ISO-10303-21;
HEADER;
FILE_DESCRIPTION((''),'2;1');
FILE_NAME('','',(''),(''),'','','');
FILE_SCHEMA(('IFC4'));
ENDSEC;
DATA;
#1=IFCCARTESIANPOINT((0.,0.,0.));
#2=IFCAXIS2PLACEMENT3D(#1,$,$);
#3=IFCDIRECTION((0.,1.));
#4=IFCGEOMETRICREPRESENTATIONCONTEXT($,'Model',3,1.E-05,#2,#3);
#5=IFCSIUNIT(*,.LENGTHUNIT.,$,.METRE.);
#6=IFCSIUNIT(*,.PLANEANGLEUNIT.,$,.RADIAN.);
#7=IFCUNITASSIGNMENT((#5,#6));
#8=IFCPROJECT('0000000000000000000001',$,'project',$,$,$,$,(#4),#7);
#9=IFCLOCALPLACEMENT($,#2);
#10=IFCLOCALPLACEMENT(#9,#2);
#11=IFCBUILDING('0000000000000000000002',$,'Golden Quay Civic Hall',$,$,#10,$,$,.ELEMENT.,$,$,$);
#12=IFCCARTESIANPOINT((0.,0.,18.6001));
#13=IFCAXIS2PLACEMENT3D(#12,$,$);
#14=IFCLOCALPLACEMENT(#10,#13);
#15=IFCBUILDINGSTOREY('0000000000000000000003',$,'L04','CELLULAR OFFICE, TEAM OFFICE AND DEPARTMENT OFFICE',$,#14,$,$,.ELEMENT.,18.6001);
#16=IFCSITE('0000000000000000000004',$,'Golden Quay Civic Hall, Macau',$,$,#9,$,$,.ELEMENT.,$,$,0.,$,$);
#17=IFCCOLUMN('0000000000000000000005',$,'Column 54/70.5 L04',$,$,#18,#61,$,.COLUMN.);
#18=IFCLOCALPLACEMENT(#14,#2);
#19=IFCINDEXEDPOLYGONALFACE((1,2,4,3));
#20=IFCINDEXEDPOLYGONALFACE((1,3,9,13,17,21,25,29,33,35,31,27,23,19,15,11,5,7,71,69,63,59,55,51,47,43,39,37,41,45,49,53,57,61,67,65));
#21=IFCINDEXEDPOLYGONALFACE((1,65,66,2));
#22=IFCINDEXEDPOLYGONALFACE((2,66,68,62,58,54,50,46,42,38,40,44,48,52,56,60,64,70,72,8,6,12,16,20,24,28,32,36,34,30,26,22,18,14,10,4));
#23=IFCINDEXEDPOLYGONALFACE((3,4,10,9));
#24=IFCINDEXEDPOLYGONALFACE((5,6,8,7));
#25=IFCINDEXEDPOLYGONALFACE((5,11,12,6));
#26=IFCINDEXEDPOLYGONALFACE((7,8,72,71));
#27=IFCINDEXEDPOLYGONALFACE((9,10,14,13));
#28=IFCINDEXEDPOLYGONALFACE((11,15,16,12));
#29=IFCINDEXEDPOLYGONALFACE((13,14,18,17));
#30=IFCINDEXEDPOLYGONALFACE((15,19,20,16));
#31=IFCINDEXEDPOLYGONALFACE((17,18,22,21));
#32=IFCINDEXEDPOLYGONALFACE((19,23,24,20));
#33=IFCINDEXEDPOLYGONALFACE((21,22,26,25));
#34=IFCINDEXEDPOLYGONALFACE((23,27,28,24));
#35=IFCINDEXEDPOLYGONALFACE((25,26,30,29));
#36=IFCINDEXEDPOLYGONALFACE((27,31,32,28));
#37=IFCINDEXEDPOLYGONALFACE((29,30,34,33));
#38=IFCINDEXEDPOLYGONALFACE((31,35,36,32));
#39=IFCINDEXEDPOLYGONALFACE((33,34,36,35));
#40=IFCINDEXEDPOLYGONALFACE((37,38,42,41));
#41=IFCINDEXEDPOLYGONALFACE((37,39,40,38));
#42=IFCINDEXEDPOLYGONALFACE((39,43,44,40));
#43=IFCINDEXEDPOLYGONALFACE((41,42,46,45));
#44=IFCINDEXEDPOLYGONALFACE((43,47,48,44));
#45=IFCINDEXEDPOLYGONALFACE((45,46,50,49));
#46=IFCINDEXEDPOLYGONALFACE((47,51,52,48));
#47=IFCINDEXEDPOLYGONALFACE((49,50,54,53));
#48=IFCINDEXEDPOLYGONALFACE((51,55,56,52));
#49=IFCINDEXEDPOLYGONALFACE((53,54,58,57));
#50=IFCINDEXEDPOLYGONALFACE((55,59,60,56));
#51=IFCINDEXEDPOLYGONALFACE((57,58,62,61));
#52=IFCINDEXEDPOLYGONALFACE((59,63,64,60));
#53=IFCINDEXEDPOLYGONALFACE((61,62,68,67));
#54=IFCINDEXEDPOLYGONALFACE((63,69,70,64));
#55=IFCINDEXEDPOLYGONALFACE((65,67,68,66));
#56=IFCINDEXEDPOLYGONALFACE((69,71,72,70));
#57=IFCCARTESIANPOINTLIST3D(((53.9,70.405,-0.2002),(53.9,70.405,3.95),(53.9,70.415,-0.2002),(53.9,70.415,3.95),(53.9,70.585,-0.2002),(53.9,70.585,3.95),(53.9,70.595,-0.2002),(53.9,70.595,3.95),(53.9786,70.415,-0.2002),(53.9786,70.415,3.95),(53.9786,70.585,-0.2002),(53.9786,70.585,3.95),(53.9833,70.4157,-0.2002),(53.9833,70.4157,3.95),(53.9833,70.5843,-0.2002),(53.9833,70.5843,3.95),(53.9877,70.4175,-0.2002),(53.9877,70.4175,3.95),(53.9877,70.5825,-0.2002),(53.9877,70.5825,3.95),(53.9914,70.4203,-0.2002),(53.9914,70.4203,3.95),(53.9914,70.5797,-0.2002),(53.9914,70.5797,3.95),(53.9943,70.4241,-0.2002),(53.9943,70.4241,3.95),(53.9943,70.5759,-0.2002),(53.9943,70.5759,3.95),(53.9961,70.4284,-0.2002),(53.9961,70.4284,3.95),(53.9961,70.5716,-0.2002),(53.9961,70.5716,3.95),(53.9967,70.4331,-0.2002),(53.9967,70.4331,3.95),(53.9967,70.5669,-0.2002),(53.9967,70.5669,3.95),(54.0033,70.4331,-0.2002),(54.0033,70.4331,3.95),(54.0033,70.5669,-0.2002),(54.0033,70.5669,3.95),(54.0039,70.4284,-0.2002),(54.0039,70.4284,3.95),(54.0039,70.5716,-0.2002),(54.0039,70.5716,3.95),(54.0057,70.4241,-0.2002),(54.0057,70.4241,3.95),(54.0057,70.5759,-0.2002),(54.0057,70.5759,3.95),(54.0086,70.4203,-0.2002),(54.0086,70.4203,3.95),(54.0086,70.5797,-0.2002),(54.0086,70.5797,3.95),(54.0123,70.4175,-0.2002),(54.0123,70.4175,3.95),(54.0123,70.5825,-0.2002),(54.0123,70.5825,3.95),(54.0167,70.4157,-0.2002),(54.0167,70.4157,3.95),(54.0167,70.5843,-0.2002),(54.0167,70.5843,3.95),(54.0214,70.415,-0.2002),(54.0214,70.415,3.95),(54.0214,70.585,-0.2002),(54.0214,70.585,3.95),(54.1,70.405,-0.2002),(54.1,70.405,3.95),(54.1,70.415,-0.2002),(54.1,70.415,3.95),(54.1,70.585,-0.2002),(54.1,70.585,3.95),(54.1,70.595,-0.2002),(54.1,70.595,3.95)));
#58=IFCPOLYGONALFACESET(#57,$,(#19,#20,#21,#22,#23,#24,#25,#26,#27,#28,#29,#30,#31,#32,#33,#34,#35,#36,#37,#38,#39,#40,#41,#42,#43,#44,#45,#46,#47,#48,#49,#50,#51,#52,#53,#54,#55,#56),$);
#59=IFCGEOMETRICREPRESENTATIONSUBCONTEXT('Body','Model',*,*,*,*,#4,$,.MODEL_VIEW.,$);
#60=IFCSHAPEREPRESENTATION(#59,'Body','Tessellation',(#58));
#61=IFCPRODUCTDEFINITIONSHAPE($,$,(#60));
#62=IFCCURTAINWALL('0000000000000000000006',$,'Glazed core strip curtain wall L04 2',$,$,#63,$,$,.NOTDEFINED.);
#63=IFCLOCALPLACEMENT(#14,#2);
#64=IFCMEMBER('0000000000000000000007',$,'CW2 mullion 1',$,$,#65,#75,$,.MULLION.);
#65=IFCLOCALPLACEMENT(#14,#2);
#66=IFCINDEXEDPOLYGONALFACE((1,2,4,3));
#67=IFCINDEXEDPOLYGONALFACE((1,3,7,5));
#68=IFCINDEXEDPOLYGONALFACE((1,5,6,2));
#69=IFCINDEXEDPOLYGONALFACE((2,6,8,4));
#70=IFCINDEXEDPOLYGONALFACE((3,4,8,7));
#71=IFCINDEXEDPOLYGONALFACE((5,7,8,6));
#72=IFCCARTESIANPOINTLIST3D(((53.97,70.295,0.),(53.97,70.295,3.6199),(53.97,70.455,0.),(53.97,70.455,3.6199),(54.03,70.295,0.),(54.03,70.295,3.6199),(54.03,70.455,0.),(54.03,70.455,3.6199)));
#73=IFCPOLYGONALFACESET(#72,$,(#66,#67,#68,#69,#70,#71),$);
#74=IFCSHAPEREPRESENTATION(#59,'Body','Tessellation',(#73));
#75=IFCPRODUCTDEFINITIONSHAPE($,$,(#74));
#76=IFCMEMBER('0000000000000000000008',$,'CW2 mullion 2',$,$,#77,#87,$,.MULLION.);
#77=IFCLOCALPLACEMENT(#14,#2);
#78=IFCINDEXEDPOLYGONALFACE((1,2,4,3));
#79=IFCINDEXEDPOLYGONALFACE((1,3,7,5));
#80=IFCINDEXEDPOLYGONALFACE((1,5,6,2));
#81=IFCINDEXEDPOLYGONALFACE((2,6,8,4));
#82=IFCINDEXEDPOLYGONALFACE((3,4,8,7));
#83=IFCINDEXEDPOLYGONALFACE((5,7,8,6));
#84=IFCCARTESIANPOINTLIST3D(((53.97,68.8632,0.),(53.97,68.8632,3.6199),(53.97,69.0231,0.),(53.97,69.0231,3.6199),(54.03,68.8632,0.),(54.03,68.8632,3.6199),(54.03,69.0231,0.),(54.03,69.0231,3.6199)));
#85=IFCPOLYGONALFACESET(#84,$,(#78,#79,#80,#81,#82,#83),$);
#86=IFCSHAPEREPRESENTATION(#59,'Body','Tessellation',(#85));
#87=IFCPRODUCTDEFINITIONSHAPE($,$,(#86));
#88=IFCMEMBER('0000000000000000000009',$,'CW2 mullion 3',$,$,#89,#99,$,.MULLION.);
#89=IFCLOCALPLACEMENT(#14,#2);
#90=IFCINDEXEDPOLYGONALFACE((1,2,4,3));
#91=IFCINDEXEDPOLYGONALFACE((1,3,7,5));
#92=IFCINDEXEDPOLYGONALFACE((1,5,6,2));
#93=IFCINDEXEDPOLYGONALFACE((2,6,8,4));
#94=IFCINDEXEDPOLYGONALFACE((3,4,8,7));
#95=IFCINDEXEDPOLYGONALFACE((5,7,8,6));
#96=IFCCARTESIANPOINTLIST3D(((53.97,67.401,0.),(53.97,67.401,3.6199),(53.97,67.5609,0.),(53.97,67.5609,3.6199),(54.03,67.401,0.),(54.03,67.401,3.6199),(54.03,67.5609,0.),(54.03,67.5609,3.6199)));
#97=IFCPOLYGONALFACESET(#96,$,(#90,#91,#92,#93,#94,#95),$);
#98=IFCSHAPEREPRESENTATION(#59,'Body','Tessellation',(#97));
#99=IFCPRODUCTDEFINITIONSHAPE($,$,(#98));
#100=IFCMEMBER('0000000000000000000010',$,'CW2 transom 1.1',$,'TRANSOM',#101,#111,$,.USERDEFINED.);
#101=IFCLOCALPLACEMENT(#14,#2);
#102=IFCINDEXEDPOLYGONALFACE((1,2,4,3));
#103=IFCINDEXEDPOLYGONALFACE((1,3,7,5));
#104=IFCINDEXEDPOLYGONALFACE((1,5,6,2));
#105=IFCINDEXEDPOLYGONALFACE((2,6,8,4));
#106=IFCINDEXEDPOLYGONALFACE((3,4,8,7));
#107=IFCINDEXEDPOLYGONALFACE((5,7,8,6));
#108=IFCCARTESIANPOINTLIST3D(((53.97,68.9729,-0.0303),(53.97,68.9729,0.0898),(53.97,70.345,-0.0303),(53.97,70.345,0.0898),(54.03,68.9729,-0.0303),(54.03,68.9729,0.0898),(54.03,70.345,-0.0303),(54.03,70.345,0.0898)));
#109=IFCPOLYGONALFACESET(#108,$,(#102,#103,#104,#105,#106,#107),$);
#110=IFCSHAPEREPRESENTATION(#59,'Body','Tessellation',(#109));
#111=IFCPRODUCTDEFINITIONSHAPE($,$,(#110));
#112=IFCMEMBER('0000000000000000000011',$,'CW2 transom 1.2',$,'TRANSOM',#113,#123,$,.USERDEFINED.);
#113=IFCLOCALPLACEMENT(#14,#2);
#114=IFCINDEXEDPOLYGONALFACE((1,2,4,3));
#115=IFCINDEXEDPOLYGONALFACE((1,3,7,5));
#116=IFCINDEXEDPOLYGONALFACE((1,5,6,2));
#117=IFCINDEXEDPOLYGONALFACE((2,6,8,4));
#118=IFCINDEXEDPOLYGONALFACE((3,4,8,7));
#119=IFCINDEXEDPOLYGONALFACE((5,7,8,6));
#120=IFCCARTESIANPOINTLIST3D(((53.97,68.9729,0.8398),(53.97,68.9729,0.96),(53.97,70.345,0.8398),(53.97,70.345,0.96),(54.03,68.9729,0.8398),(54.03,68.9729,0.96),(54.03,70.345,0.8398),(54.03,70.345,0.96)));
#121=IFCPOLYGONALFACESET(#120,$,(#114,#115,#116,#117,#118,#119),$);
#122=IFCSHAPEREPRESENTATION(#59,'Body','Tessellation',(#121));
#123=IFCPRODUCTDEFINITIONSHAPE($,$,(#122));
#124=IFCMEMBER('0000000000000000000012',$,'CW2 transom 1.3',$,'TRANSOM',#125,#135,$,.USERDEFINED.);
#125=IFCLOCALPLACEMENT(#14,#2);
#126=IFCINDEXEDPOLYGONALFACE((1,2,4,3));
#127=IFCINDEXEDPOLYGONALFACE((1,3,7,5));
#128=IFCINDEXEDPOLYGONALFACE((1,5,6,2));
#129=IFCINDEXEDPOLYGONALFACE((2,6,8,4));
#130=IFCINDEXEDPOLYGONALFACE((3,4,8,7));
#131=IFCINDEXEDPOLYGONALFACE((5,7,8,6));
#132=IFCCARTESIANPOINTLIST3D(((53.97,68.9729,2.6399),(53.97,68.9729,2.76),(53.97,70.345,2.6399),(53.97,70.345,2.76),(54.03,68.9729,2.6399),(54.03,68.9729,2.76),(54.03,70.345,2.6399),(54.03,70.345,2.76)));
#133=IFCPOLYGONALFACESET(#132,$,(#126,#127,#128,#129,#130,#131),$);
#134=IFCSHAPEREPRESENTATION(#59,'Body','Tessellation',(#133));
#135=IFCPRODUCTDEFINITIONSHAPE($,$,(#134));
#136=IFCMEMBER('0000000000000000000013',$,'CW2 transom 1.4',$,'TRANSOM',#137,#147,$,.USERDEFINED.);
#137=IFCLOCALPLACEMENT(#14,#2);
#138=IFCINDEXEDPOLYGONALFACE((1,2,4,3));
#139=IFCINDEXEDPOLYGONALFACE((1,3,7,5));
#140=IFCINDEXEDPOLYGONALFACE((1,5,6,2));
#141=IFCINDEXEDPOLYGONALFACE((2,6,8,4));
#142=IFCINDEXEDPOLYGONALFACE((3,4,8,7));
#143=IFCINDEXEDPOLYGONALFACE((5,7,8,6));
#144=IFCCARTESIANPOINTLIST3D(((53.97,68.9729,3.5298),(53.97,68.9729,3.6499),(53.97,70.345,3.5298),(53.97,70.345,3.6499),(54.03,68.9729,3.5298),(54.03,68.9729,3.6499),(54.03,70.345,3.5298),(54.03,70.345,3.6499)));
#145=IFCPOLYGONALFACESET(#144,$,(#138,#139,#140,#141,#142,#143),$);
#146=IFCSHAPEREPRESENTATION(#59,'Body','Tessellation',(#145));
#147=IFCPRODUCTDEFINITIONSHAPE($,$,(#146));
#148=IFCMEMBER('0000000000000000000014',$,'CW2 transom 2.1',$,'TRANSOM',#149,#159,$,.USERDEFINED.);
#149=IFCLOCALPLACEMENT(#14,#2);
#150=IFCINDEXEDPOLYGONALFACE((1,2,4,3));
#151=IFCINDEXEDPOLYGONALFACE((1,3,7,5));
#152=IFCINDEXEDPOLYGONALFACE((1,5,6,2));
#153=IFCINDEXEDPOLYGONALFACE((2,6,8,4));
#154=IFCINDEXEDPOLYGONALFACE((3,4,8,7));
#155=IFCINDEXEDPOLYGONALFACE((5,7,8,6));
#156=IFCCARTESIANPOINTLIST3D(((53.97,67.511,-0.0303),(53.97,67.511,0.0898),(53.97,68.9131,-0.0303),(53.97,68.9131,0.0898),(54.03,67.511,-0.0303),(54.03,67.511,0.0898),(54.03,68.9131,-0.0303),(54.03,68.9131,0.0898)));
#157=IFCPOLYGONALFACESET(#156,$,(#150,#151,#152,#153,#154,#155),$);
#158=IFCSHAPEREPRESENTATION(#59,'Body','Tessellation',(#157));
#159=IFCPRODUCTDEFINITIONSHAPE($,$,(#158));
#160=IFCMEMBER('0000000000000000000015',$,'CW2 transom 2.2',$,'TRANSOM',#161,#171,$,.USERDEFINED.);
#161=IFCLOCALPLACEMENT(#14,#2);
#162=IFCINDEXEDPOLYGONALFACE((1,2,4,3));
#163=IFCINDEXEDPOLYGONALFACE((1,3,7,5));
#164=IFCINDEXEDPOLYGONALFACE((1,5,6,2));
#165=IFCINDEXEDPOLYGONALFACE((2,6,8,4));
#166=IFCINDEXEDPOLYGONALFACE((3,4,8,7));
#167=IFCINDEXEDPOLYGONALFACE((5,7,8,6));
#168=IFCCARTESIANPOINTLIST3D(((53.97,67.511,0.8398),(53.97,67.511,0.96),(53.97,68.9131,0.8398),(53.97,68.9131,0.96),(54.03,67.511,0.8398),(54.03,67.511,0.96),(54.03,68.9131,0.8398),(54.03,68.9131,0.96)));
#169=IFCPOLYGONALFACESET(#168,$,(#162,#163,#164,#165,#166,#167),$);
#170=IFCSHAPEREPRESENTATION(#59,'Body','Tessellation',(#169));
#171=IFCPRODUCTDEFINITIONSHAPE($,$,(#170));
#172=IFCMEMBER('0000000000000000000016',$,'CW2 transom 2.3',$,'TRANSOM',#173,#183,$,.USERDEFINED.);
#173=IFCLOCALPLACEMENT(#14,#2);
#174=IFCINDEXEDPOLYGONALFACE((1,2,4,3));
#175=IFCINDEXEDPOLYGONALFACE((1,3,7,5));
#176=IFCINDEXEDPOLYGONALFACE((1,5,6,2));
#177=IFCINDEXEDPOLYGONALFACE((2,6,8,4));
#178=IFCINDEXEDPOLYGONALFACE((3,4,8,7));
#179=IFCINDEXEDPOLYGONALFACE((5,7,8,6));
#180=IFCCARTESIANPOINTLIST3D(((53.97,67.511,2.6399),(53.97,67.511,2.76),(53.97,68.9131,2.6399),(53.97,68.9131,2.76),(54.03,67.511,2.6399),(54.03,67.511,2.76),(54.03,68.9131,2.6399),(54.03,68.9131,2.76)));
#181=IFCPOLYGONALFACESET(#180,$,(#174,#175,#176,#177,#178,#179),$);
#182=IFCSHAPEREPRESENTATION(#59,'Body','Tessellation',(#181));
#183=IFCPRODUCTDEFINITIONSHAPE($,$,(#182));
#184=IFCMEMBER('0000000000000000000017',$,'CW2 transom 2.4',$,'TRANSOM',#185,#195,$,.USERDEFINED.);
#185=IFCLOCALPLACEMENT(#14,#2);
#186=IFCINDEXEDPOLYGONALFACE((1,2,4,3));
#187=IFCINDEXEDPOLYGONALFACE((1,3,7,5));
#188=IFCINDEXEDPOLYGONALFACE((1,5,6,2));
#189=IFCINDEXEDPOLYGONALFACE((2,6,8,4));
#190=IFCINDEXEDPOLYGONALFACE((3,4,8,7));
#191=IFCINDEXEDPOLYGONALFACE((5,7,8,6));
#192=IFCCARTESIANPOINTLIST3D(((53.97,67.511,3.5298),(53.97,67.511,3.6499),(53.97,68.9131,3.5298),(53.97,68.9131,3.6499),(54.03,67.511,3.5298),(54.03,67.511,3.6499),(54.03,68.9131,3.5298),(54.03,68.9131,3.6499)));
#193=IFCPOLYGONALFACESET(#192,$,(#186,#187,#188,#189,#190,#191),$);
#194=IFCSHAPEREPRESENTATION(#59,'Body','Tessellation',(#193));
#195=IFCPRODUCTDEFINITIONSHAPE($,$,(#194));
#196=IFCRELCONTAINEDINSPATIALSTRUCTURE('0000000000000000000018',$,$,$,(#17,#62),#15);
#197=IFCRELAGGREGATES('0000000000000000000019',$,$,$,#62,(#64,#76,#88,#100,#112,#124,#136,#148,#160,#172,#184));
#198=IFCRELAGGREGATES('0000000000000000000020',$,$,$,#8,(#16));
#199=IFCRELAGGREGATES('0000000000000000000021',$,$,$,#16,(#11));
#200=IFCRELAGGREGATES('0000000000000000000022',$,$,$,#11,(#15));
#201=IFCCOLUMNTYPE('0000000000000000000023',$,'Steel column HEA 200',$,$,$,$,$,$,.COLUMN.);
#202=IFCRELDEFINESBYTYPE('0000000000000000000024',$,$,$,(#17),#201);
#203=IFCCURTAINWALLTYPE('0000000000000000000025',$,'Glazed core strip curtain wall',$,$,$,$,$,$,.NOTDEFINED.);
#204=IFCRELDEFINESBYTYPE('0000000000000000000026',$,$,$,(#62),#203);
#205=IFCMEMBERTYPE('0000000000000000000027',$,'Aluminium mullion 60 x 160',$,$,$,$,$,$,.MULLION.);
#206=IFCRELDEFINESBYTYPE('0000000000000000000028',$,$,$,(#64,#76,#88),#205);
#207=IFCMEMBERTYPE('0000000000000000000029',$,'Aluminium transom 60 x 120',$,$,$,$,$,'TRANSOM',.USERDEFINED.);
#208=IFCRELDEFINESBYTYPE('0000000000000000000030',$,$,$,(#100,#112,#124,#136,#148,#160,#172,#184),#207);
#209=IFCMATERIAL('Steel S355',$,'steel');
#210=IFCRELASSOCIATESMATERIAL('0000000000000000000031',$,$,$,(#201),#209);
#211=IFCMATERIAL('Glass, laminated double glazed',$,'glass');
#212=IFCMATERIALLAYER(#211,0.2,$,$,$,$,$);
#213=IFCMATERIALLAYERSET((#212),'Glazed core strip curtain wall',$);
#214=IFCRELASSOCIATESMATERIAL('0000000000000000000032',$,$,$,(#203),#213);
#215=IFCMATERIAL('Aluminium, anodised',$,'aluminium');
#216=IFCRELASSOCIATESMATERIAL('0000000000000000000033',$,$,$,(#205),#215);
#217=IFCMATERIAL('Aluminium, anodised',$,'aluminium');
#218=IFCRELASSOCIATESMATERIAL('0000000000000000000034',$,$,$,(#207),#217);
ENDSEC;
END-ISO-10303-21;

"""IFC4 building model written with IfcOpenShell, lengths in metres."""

from ifc_helpers import new_model, si_unit, direction, frame, origin, origin_2d, place, context, subcontext, project, spatial, rectangle, i_section, extrude, material, layer, layer_set, material_profile, profile_set, type_object, element, aggregate, save


model = new_model("IFC4")

# Units and contexts
model_context = context("Model", 3, precision=1e-05, world=origin(), true_north=direction((0.0, 1.0)))
body_context = subcontext(model_context, "Body", "Model", "MODEL_VIEW")
ifc_project = project(units=[si_unit("LENGTHUNIT", "METRE"), si_unit("PLANEANGLEUNIT", "RADIAN")], contexts=[model_context])

# Site, building, storey
site_placement = place(None, origin())
site = spatial("IfcSite", under=ifc_project, at=site_placement, Name="Golden Quay Civic Hall, Macau", CompositionType="ELEMENT", RefElevation=0.0)
building_placement = place(site_placement, origin())
building = spatial("IfcBuilding", under=site, at=building_placement, Name="Golden Quay Civic Hall", CompositionType="ELEMENT")
storey_placement = place(building_placement, frame((0.0, 0.0, 18.6001)))
storey = spatial("IfcBuildingStorey", under=building, at=storey_placement, Name="L04", Description="CELLULAR OFFICE, TEAM OFFICE AND DEPARTMENT OFFICE", CompositionType="ELEMENT", Elevation=18.6001)

# Column
ifc_material_1 = material(Name="Steel S355", Category="steel")
ifc_material_profile_1 = material_profile(ifc_material_1, i_section(OverallWidth=0.2, OverallDepth=0.1899, WebThickness=0.0066, FlangeThickness=0.01, FilletRadius=0.0181, at=origin_2d()), Name="HEA 200")
ifc_profile_set_1 = profile_set([ifc_material_profile_1], Name="Steel S355")
column_type = type_object("IfcColumnType", Name="Steel column HEA 200", PredefinedType="COLUMN", material=ifc_profile_set_1)
column_placement = place(storey_placement, frame((54.0, 70.5, -0.2002), z_axis=(0.0, 0.0, 1.0), x_axis=(1.0, 0.0, 0.0)))
element("IfcColumn", 1, at=column_placement, inside=storey, type_object=column_type, Name="Column 54/70.5 L04", PredefinedType="COLUMN", context=body_context, shape_type="SweptSolid", body=[
    extrude(i_section(OverallWidth=0.2, OverallDepth=0.1899, WebThickness=0.0066, FlangeThickness=0.01, FilletRadius=0.0181, at=origin_2d()), origin(), (0.0, 0.0, 1.0), 4.1501),
])

# Curtain wall, members
ifc_material_2 = material(Name="Glass, laminated double glazed", Category="glass")
ifc_layer_1 = layer(ifc_material_2, 0.2)
ifc_layer_set_1 = layer_set([ifc_layer_1], Name="Glazed core strip curtain wall")
curtain_wall_type_1 = type_object("IfcCurtainWallType", Name="Glazed core strip curtain wall", PredefinedType="NOTDEFINED", material=ifc_layer_set_1)
curtain_wall_1_placement = place(storey_placement, origin())
curtain_wall_1 = element("IfcCurtainWall", 2, at=curtain_wall_1_placement, inside=storey, type_object=curtain_wall_type_1, Name="Glazed core strip curtain wall L04 2", PredefinedType="NOTDEFINED")
ifc_material_3 = material(Name="Aluminium, anodised", Category="aluminium")
ifc_material_profile_2 = material_profile(ifc_material_3, rectangle(XDim=0.0601, YDim=0.1599, at=origin_2d()), Name="Aluminium 60 x 160")
ifc_profile_set_2 = profile_set([ifc_material_profile_2], Name="Aluminium, anodised")
member_type_1 = type_object("IfcMemberType", Name="Aluminium mullion 60 x 160", PredefinedType="MULLION", material=ifc_profile_set_2)
member_1_placement = place(storey_placement, frame((54.0, 70.375, 0.0), z_axis=(0.0, 0.0, 1.0), x_axis=(1.0, 0.0, 0.0)))
member_1 = element("IfcMember", 3, at=member_1_placement, type_object=member_type_1, Name="CW2 mullion 1", PredefinedType="MULLION", context=body_context, shape_type="SweptSolid", body=[
    extrude(rectangle(XDim=0.0601, YDim=0.1599, at=origin_2d()), origin(), (0.0, 0.0, 1.0), 3.6199),
])
member_2_placement = place(storey_placement, frame((54.0, 68.9431, 0.0), z_axis=(0.0, 0.0, 1.0), x_axis=(1.0, 0.0, 0.0)))
member_2 = element("IfcMember", 4, at=member_2_placement, type_object=member_type_1, Name="CW2 mullion 2", PredefinedType="MULLION", context=body_context, shape_type="SweptSolid", body=[
    extrude(rectangle(XDim=0.0601, YDim=0.1599, at=origin_2d()), origin(), (0.0, 0.0, 1.0), 3.6199),
])
member_3_placement = place(storey_placement, frame((54.0, 67.481, 0.0), z_axis=(0.0, 0.0, 1.0), x_axis=(1.0, 0.0, 0.0)))
member_3 = element("IfcMember", 5, at=member_3_placement, type_object=member_type_1, Name="CW2 mullion 3", PredefinedType="MULLION", context=body_context, shape_type="SweptSolid", body=[
    extrude(rectangle(XDim=0.0601, YDim=0.1599, at=origin_2d()), origin(), (0.0, 0.0, 1.0), 3.6199),
])
ifc_material_4 = material(Name="Aluminium, anodised", Category="aluminium")
ifc_material_profile_3 = material_profile(ifc_material_4, rectangle(XDim=0.0601, YDim=0.1201, at=origin_2d()), Name="Aluminium 60 x 120")
ifc_profile_set_3 = profile_set([ifc_material_profile_3], Name="Aluminium, anodised")
member_type_2 = type_object("IfcMemberType", Name="Aluminium transom 60 x 120", ElementType="TRANSOM", PredefinedType="USERDEFINED", material=ifc_profile_set_3)
member_4_placement = place(storey_placement, frame((54.0, 70.345, 0.0298), z_axis=(0.0, -1.0, 0.0), x_axis=(1.0, 0.0, 0.0)))
member_4 = element("IfcMember", 6, at=member_4_placement, type_object=member_type_2, Name="CW2 transom 1.1", ObjectType="TRANSOM", PredefinedType="USERDEFINED", context=body_context, shape_type="SweptSolid", body=[
    extrude(rectangle(XDim=0.0601, YDim=0.1201, at=origin_2d()), origin(), (0.0, 0.0, 1.0), 1.3721),
])
member_5_placement = place(storey_placement, frame((54.0, 70.345, 0.8999), z_axis=(0.0, -1.0, 0.0), x_axis=(1.0, 0.0, 0.0)))
member_5 = element("IfcMember", 7, at=member_5_placement, type_object=member_type_2, Name="CW2 transom 1.2", ObjectType="TRANSOM", PredefinedType="USERDEFINED", context=body_context, shape_type="SweptSolid", body=[
    extrude(rectangle(XDim=0.0601, YDim=0.1201, at=origin_2d()), origin(), (0.0, 0.0, 1.0), 1.3721),
])
member_6_placement = place(storey_placement, frame((54.0, 70.345, 2.7), z_axis=(0.0, -1.0, 0.0), x_axis=(1.0, 0.0, 0.0)))
member_6 = element("IfcMember", 8, at=member_6_placement, type_object=member_type_2, Name="CW2 transom 1.3", ObjectType="TRANSOM", PredefinedType="USERDEFINED", context=body_context, shape_type="SweptSolid", body=[
    extrude(rectangle(XDim=0.0601, YDim=0.1201, at=origin_2d()), origin(), (0.0, 0.0, 1.0), 1.3721),
])
member_7_placement = place(storey_placement, frame((54.0, 70.345, 3.5898), z_axis=(0.0, -1.0, 0.0), x_axis=(1.0, 0.0, 0.0)))
member_7 = element("IfcMember", 9, at=member_7_placement, type_object=member_type_2, Name="CW2 transom 1.4", ObjectType="TRANSOM", PredefinedType="USERDEFINED", context=body_context, shape_type="SweptSolid", body=[
    extrude(rectangle(XDim=0.0601, YDim=0.1201, at=origin_2d()), origin(), (0.0, 0.0, 1.0), 1.3721),
])
member_8_placement = place(storey_placement, frame((54.0, 68.9131, 0.0298), z_axis=(0.0, -1.0, 0.0), x_axis=(1.0, 0.0, 0.0)))
member_8 = element("IfcMember", 10, at=member_8_placement, type_object=member_type_2, Name="CW2 transom 2.1", ObjectType="TRANSOM", PredefinedType="USERDEFINED", context=body_context, shape_type="SweptSolid", body=[
    extrude(rectangle(XDim=0.0601, YDim=0.1201, at=origin_2d()), origin(), (0.0, 0.0, 1.0), 1.4021),
])
member_9_placement = place(storey_placement, frame((54.0, 68.9131, 0.8999), z_axis=(0.0, -1.0, 0.0), x_axis=(1.0, 0.0, 0.0)))
member_9 = element("IfcMember", 11, at=member_9_placement, type_object=member_type_2, Name="CW2 transom 2.2", ObjectType="TRANSOM", PredefinedType="USERDEFINED", context=body_context, shape_type="SweptSolid", body=[
    extrude(rectangle(XDim=0.0601, YDim=0.1201, at=origin_2d()), origin(), (0.0, 0.0, 1.0), 1.4021),
])
member_10_placement = place(storey_placement, frame((54.0, 68.9131, 2.7), z_axis=(0.0, -1.0, 0.0), x_axis=(1.0, 0.0, 0.0)))
member_10 = element("IfcMember", 12, at=member_10_placement, type_object=member_type_2, Name="CW2 transom 2.3", ObjectType="TRANSOM", PredefinedType="USERDEFINED", context=body_context, shape_type="SweptSolid", body=[
    extrude(rectangle(XDim=0.0601, YDim=0.1201, at=origin_2d()), origin(), (0.0, 0.0, 1.0), 1.4021),
])
member_11_placement = place(storey_placement, frame((54.0, 68.9131, 3.5898), z_axis=(0.0, -1.0, 0.0), x_axis=(1.0, 0.0, 0.0)))
member_11 = element("IfcMember", 13, at=member_11_placement, type_object=member_type_2, Name="CW2 transom 2.4", ObjectType="TRANSOM", PredefinedType="USERDEFINED", context=body_context, shape_type="SweptSolid", body=[
    extrude(rectangle(XDim=0.0601, YDim=0.1201, at=origin_2d()), origin(), (0.0, 0.0, 1.0), 1.4021),
])

aggregate(curtain_wall_1, [member_1, member_2, member_3, member_4, member_5, member_6, member_7, member_8, member_9, member_10, member_11])

save(model, "model.ifc")
